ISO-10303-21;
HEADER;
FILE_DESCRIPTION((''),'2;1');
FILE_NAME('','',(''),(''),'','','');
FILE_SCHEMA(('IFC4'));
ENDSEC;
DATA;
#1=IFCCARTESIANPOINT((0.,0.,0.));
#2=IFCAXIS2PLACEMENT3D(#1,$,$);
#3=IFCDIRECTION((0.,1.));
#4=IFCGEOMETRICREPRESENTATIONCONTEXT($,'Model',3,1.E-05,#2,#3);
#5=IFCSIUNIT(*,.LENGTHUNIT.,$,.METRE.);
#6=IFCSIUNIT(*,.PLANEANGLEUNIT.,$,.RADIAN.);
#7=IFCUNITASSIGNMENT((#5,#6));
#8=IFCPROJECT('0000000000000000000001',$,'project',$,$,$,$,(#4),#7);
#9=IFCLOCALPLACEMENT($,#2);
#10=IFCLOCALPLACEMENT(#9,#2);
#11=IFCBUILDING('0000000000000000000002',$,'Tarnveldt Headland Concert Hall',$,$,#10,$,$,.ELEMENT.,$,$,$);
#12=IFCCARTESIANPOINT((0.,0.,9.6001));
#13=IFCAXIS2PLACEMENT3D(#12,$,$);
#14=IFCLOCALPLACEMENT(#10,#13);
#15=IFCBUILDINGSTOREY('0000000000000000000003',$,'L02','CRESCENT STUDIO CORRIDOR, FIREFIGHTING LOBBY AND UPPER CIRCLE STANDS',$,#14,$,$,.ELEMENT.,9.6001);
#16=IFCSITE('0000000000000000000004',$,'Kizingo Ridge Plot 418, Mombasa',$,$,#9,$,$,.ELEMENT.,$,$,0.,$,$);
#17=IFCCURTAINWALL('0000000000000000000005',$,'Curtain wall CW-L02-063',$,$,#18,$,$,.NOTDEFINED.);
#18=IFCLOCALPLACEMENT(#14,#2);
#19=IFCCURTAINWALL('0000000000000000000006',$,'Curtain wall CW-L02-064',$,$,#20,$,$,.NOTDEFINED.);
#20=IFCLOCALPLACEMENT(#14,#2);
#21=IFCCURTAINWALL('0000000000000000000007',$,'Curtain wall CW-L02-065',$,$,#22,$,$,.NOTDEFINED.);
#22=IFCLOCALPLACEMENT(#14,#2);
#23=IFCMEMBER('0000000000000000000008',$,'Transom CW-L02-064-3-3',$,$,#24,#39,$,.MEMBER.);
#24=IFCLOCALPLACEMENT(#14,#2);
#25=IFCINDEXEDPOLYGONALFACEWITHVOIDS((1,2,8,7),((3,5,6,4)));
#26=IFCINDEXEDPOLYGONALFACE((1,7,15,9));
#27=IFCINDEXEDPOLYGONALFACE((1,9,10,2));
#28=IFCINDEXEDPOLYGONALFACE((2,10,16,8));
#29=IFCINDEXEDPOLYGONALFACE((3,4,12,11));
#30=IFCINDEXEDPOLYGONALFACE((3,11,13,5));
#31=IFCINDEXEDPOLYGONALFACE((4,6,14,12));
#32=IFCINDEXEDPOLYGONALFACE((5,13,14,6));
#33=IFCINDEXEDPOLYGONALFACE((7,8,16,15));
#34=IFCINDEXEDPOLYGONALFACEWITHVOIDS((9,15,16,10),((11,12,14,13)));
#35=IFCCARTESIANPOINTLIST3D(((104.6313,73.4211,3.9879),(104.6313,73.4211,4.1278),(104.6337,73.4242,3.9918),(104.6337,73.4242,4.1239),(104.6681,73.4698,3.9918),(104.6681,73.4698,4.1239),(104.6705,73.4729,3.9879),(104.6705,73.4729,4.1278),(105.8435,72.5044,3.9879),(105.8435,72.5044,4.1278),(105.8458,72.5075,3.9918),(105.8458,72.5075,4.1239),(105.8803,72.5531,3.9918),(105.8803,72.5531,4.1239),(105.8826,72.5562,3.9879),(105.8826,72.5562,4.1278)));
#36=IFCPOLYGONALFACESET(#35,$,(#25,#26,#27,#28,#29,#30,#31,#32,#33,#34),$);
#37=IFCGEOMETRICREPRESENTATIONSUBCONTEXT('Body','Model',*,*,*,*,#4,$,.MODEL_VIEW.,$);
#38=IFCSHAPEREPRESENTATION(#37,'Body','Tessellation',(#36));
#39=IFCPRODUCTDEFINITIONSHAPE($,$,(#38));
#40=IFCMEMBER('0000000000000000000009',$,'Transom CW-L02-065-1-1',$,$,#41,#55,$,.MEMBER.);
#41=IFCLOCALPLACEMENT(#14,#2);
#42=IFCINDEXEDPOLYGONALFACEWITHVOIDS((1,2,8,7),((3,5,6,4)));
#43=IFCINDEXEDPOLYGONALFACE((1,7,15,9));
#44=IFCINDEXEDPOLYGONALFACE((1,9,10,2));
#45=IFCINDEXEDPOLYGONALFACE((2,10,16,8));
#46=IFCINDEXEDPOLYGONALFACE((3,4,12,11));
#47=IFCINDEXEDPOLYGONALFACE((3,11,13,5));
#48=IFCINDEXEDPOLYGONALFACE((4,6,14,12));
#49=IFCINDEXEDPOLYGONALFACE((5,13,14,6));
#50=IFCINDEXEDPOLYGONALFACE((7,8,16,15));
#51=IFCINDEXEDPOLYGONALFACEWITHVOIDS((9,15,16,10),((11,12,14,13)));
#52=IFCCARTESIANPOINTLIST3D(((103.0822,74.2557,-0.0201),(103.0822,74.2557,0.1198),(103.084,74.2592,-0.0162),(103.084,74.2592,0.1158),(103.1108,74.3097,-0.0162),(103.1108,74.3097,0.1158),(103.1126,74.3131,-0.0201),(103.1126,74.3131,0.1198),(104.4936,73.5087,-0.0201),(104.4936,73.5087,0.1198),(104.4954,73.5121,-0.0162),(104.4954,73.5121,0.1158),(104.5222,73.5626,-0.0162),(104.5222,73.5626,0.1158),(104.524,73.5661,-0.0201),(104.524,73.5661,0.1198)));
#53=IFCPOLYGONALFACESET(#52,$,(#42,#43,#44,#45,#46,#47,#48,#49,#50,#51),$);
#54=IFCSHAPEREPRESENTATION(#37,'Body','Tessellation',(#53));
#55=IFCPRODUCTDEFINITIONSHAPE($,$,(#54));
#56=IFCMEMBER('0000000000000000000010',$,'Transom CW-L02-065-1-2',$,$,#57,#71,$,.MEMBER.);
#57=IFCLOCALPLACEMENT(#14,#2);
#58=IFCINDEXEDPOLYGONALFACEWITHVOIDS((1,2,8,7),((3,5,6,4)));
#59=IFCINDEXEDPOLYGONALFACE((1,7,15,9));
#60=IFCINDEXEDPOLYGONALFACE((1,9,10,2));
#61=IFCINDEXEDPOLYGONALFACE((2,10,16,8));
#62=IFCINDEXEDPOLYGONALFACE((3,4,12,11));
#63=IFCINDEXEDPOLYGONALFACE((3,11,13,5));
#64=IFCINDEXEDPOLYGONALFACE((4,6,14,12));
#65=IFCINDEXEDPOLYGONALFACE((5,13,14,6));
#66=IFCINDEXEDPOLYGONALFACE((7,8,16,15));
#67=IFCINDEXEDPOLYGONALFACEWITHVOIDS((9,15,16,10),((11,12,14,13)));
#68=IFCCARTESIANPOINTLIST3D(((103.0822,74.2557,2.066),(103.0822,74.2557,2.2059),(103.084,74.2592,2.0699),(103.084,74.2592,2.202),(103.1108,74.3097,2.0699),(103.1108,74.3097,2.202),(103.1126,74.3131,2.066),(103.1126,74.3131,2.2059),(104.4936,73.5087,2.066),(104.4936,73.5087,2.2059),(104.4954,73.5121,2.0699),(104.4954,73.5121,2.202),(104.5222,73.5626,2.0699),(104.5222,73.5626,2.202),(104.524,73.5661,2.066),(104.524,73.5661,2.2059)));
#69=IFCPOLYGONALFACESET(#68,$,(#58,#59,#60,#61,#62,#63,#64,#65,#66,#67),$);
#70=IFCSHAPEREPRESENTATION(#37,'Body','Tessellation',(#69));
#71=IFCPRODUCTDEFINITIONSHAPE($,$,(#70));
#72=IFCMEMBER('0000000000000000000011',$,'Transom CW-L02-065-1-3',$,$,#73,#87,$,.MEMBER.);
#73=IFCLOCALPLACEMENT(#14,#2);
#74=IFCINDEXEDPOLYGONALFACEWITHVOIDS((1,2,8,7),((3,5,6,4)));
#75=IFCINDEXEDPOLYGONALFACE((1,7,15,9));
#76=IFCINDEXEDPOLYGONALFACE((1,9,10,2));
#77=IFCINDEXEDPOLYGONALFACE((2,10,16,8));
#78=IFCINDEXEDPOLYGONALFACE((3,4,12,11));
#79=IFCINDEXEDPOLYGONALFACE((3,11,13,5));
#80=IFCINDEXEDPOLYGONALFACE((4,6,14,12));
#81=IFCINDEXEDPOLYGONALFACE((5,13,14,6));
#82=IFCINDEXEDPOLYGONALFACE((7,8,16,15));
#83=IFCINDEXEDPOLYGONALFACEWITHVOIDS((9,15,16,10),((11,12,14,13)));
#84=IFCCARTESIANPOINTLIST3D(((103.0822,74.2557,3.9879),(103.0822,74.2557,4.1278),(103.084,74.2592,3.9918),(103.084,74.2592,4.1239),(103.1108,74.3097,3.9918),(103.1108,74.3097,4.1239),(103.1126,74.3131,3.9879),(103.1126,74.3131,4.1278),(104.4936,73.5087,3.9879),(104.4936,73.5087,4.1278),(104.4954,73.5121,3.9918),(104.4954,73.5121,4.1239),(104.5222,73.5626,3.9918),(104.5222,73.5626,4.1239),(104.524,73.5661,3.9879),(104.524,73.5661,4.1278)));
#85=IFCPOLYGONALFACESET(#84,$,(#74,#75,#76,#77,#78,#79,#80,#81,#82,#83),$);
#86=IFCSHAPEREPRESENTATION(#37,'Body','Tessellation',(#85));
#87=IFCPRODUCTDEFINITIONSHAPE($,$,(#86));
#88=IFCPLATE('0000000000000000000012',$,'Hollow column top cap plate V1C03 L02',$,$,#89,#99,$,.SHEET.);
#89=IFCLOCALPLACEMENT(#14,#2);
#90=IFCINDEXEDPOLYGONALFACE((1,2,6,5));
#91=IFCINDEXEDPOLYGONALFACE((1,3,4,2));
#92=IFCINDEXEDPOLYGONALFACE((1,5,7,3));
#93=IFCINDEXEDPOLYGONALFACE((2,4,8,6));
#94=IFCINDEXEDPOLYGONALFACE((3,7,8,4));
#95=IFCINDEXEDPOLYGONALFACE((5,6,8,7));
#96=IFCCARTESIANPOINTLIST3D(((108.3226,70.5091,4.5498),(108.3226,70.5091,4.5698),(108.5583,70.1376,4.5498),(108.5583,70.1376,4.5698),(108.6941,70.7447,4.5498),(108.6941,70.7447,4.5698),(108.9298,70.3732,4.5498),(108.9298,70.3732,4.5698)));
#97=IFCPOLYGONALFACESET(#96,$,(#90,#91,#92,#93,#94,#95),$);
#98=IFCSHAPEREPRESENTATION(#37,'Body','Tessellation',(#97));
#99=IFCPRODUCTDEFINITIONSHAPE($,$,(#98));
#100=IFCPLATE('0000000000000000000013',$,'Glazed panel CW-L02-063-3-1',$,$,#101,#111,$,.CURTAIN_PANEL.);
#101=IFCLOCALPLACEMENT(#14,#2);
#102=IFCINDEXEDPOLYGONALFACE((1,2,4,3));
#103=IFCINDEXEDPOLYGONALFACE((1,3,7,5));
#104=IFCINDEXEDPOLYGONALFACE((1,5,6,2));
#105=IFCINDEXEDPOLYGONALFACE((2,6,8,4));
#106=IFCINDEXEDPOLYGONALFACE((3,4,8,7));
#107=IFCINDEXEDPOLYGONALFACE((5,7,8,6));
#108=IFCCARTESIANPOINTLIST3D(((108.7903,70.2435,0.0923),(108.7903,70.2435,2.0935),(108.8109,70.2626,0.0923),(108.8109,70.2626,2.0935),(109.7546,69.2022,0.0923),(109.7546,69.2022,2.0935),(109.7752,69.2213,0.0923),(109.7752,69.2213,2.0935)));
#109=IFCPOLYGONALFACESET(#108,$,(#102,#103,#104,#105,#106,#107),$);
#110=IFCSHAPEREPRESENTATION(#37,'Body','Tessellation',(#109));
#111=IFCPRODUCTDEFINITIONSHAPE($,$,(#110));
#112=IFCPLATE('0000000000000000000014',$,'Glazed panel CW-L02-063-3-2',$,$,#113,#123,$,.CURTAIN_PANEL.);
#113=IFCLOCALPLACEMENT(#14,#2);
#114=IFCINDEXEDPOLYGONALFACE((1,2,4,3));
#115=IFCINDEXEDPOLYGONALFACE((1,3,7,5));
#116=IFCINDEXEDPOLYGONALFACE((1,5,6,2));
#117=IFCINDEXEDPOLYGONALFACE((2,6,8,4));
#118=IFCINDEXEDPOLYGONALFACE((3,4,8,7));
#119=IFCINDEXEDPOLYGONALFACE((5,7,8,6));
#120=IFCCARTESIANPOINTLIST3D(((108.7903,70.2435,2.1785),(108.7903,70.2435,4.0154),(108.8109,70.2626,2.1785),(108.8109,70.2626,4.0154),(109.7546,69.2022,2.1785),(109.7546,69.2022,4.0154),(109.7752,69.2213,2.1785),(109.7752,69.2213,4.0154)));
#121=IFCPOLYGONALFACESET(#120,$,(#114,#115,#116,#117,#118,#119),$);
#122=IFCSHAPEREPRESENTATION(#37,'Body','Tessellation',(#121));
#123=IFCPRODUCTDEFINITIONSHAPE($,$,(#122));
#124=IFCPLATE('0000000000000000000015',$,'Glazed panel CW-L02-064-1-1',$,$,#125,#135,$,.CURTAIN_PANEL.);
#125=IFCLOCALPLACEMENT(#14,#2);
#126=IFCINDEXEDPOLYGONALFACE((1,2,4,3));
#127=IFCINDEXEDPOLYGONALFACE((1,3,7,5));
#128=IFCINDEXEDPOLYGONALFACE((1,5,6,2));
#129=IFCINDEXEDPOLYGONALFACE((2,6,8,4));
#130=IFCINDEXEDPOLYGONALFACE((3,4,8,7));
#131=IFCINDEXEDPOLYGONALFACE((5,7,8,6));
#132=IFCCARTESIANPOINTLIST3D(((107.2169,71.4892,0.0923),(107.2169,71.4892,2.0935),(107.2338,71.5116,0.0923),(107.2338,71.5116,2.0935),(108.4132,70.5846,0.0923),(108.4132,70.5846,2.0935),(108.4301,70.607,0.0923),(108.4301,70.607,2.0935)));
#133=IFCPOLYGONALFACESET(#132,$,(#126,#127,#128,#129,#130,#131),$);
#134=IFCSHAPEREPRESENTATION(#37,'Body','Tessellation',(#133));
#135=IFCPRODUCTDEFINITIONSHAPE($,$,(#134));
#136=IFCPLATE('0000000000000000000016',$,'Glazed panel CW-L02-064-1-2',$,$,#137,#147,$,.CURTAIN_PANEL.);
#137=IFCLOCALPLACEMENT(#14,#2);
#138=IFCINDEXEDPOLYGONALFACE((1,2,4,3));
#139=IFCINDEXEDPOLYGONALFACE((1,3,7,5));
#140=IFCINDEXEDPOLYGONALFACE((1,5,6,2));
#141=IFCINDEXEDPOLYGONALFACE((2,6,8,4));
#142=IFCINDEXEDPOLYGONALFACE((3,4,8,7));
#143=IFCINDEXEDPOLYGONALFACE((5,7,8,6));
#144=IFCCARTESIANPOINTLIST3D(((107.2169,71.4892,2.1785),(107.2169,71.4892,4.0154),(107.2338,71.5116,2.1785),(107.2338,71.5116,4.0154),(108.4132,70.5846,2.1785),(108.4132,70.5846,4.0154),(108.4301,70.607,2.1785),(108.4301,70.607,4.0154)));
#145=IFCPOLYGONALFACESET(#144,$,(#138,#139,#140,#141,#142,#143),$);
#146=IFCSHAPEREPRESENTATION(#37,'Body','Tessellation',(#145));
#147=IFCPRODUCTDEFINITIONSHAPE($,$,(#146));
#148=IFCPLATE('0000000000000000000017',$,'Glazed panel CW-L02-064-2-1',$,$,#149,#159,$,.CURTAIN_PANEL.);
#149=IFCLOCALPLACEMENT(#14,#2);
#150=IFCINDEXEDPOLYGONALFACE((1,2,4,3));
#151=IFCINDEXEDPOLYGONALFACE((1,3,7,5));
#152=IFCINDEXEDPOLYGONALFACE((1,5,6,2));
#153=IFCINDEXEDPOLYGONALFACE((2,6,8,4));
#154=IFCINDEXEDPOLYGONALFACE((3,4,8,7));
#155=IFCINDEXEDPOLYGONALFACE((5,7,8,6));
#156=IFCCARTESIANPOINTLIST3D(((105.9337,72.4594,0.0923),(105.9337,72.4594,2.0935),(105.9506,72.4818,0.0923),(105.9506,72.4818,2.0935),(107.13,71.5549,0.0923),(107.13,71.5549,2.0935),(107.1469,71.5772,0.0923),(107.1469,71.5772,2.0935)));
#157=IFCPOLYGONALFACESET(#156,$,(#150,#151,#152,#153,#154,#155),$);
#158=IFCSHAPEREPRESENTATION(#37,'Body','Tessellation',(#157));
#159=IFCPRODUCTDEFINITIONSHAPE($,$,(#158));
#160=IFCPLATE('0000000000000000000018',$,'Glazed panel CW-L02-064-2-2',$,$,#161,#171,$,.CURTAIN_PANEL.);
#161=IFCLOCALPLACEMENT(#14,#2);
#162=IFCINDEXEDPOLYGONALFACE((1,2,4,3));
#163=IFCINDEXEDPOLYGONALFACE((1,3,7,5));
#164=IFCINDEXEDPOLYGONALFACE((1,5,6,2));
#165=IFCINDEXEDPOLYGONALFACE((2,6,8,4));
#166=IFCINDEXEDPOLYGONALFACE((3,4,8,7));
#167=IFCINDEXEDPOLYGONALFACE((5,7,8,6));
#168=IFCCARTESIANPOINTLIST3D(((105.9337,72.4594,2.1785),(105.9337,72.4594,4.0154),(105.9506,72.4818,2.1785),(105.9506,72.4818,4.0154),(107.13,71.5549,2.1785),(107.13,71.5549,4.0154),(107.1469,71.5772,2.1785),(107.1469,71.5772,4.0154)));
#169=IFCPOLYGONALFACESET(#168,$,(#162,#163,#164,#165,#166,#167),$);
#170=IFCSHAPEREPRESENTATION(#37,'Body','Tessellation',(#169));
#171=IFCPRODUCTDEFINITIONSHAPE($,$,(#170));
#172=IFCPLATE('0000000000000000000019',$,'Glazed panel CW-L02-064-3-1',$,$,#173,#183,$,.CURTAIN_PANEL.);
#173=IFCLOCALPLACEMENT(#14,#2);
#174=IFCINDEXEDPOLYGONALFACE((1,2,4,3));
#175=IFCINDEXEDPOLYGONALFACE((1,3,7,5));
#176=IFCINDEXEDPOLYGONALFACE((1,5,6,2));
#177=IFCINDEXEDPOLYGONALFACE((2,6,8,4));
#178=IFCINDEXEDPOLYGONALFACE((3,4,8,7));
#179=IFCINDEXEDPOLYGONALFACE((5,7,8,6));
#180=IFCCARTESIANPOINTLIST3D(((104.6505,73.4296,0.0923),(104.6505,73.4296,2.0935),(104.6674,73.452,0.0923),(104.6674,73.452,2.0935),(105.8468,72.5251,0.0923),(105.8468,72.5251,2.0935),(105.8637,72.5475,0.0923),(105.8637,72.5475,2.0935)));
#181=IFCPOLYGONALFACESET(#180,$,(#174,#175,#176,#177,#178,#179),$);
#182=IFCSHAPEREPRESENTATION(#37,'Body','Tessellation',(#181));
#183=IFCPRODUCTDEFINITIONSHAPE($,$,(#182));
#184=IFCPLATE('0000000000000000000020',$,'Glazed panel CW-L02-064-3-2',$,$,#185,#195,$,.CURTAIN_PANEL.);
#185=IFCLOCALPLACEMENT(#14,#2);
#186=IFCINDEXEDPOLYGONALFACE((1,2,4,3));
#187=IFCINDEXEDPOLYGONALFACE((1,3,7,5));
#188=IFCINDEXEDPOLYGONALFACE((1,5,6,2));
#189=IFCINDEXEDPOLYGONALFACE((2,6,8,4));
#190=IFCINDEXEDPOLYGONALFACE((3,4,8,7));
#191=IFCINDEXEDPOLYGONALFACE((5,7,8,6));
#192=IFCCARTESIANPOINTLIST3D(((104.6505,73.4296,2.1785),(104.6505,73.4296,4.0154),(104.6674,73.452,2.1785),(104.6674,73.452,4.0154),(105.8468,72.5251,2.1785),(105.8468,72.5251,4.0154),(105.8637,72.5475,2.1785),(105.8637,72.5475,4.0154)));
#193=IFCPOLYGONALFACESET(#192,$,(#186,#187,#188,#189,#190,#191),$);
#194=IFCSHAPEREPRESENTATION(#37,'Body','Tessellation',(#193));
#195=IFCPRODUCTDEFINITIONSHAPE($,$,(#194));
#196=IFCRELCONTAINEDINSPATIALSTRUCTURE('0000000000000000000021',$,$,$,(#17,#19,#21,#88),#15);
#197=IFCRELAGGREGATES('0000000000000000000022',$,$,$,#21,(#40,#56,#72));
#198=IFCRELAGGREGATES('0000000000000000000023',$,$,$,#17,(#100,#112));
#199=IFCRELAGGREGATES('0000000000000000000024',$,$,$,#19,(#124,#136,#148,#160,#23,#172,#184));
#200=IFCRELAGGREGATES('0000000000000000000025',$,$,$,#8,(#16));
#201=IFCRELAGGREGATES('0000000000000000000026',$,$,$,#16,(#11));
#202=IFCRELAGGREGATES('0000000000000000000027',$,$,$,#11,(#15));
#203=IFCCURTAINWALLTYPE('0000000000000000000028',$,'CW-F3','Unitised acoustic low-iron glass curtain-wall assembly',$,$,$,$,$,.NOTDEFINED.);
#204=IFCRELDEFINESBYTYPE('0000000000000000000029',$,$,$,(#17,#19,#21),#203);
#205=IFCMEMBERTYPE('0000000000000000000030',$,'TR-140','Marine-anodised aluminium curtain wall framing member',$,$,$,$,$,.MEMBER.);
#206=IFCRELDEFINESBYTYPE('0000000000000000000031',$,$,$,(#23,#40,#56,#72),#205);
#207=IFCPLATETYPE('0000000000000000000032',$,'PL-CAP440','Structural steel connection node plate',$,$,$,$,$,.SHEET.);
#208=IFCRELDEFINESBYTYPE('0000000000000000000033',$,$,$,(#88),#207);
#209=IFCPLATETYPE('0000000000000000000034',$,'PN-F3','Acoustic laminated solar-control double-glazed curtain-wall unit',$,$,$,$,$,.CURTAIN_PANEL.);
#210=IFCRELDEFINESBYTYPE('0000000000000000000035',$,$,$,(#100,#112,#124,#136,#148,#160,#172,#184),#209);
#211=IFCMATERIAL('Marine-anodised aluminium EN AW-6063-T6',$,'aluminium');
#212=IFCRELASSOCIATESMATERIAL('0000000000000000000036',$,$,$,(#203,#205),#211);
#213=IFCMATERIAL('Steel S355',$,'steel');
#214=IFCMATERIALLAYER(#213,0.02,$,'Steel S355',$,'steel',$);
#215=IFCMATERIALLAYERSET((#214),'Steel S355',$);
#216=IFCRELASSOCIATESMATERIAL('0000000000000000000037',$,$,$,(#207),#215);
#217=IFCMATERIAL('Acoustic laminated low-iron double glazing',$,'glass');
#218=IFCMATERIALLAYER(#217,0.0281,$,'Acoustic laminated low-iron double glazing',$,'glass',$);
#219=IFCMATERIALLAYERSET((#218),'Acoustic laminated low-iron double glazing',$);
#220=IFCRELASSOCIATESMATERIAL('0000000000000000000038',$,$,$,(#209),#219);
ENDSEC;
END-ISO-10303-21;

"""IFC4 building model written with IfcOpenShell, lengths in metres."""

from ifc_helpers import new_model, si_unit, direction, frame, origin, origin_2d, place, context, subcontext, project, spatial, rectangle, hollow_rectangle, extrude, material, layer, layer_set, material_profile, profile_set, type_object, element, aggregate, save


model = new_model("IFC4")

# Units and contexts
model_context = context("Model", 3, precision=1e-05, world=origin(), true_north=direction((0.0, 1.0)))
body_context = subcontext(model_context, "Body", "Model", "MODEL_VIEW")
ifc_project = project(units=[si_unit("LENGTHUNIT", "METRE"), si_unit("PLANEANGLEUNIT", "RADIAN")], contexts=[model_context])

# Site, building, storey
site_placement = place(None, origin())
site = spatial("IfcSite", under=ifc_project, at=site_placement, Name="Kizingo Ridge Plot 418, Mombasa", CompositionType="ELEMENT", RefElevation=0.0)
building_placement = place(site_placement, origin())
building = spatial("IfcBuilding", under=site, at=building_placement, Name="Tarnveldt Headland Concert Hall", CompositionType="ELEMENT")
storey_placement = place(building_placement, frame((0.0, 0.0, 9.6001)))
storey = spatial("IfcBuildingStorey", under=building, at=storey_placement, Name="L02", Description="CRESCENT STUDIO CORRIDOR, FIREFIGHTING LOBBY AND UPPER CIRCLE STANDS", CompositionType="ELEMENT", Elevation=9.6001)

# Shared definitions
ifc_material_1 = material(Name="Steel S355", Category="steel")

# Curtain wall
ifc_material_2 = material(Name="Marine-anodised aluminium EN AW-6063-T6", Category="aluminium")
curtain_wall_type = type_object("IfcCurtainWallType", Name="CW-F3", Description="Unitised acoustic low-iron glass curtain-wall assembly", PredefinedType="NOTDEFINED", material=ifc_material_2)
curtain_wall_1_placement = place(storey_placement, origin())
curtain_wall_1 = element("IfcCurtainWall", 1, at=curtain_wall_1_placement, inside=storey, type_object=curtain_wall_type, Name="Curtain wall CW-L02-063", PredefinedType="NOTDEFINED")

# Curtain wall
curtain_wall_2_placement = place(storey_placement, origin())
curtain_wall_2 = element("IfcCurtainWall", 2, at=curtain_wall_2_placement, inside=storey, type_object=curtain_wall_type, Name="Curtain wall CW-L02-064", PredefinedType="NOTDEFINED")

# Curtain wall
curtain_wall_3_placement = place(storey_placement, origin())
curtain_wall_3 = element("IfcCurtainWall", 3, at=curtain_wall_3_placement, inside=storey, type_object=curtain_wall_type, Name="Curtain wall CW-L02-065", PredefinedType="NOTDEFINED")

# Members
ifc_material_profile_1 = material_profile(ifc_material_2, hollow_rectangle(XDim=0.0649, YDim=0.1399, WallThickness=0.0039, at=origin_2d()), Name="ALU TRANSOM 65x140x4", Category="aluminium")
ifc_profile_set_1 = profile_set([ifc_material_profile_1], Name="Marine-anodised aluminium EN AW-6063-T6")
member_type_1 = type_object("IfcMemberType", Name="TR-140", Description="Marine-anodised aluminium curtain wall framing member", PredefinedType="MEMBER", material=ifc_profile_set_1)
member_1_placement = place(storey_placement, frame((105.863, 72.5303, 4.0579), z_axis=(-0.797584, 0.603208, 0.0), x_axis=(-0.603208, -0.797584, 0.0)))
member_1 = element("IfcMember", 4, at=member_1_placement, type_object=member_type_1, Name="Transom CW-L02-064-3-3", PredefinedType="MEMBER", context=body_context, shape_type="SweptSolid", body=[
    extrude(hollow_rectangle(XDim=0.0649, YDim=0.1399, WallThickness=0.0039, at=origin_2d()), origin(), (0.0, 0.0, 1.0), 1.5198),
])
member_2_placement = place(storey_placement, frame((104.5088, 73.5374, 0.0498), z_axis=(-0.883821, 0.467824, 0.0), x_axis=(-0.467824, -0.883821, 0.0)))
member_2 = element("IfcMember", 5, at=member_2_placement, type_object=member_type_1, Name="Transom CW-L02-065-1-1", PredefinedType="MEMBER", context=body_context, shape_type="SweptSolid", body=[
    extrude(hollow_rectangle(XDim=0.0649, YDim=0.1399, WallThickness=0.0039, at=origin_2d()), origin(), (0.0, 0.0, 1.0), 1.5969),
])
member_3_placement = place(storey_placement, frame((104.5088, 73.5374, 2.136), z_axis=(-0.883821, 0.467824, 0.0), x_axis=(-0.467824, -0.883821, 0.0)))
member_3 = element("IfcMember", 6, at=member_3_placement, type_object=member_type_1, Name="Transom CW-L02-065-1-2", PredefinedType="MEMBER", context=body_context, shape_type="SweptSolid", body=[
    extrude(hollow_rectangle(XDim=0.0649, YDim=0.1399, WallThickness=0.0039, at=origin_2d()), origin(), (0.0, 0.0, 1.0), 1.5969),
])
member_4_placement = place(storey_placement, frame((104.5088, 73.5374, 4.0579), z_axis=(-0.883821, 0.467824, 0.0), x_axis=(-0.467824, -0.883821, 0.0)))
member_4 = element("IfcMember", 7, at=member_4_placement, type_object=member_type_1, Name="Transom CW-L02-065-1-3", PredefinedType="MEMBER", context=body_context, shape_type="SweptSolid", body=[
    extrude(hollow_rectangle(XDim=0.0649, YDim=0.1399, WallThickness=0.0039, at=origin_2d()), origin(), (0.0, 0.0, 1.0), 1.5969),
])
aggregate(curtain_wall_3, [member_2, member_3, member_4])

# Plates
ifc_layer_1 = layer(ifc_material_1, 0.02, Name="Steel S355", Category="steel")
ifc_layer_set_1 = layer_set([ifc_layer_1], Name="Steel S355")
plate_type_1 = type_object("IfcPlateType", Name="PL-CAP440", Description="Structural steel connection node plate", PredefinedType="SHEET", material=ifc_layer_set_1)
plate_1_placement = place(storey_placement, frame((108.6262, 70.4412, 4.5498), z_axis=(0.0, 0.0, 1.0), x_axis=(0.844421, 0.535679, 0.0)))
element("IfcPlate", 8, at=plate_1_placement, inside=storey, type_object=plate_type_1, Name="Hollow column top cap plate V1C03 L02", PredefinedType="SHEET", context=body_context, shape_type="SweptSolid", body=[
    extrude(rectangle(XDim=0.4399, YDim=0.4399, at=origin_2d()), origin(), (0.0, 0.0, 1.0), 0.02),
])
ifc_material_3 = material(Name="Acoustic laminated low-iron double glazing", Category="glass")
ifc_layer_2 = layer(ifc_material_3, 0.0281, Name="Acoustic laminated low-iron double glazing", Category="glass")
ifc_layer_set_2 = layer_set([ifc_layer_2], Name="Acoustic laminated low-iron double glazing")
plate_type_2 = type_object("IfcPlateType", Name="PN-F3", Description="Acoustic laminated solar-control double-glazed curtain-wall unit", PredefinedType="CURTAIN_PANEL", material=ifc_layer_set_2)
plate_2_placement = place(storey_placement, frame((109.2827, 69.7324, 0.0923), z_axis=(0.0, 0.0, 1.0), x_axis=(-0.679467, 0.733706, 0.0)))
plate_2 = element("IfcPlate", 9, at=plate_2_placement, type_object=plate_type_2, Name="Glazed panel CW-L02-063-3-1", PredefinedType="CURTAIN_PANEL", context=body_context, shape_type="SweptSolid", body=[
    extrude(rectangle(XDim=1.4192, YDim=0.0281, at=origin_2d()), origin(), (0.0, 0.0, 1.0), 2.0012),
])
plate_3_placement = place(storey_placement, frame((109.2827, 69.7324, 2.1785), z_axis=(0.0, 0.0, 1.0), x_axis=(-0.679467, 0.733706, 0.0)))
plate_3 = element("IfcPlate", 10, at=plate_3_placement, type_object=plate_type_2, Name="Glazed panel CW-L02-063-3-2", PredefinedType="CURTAIN_PANEL", context=body_context, shape_type="SweptSolid", body=[
    extrude(rectangle(XDim=1.4192, YDim=0.0281, at=origin_2d()), origin(), (0.0, 0.0, 1.0), 1.8369),
])
aggregate(curtain_wall_1, [plate_2, plate_3])
plate_4_placement = place(storey_placement, frame((107.8235, 71.0481, 0.0923), z_axis=(0.0, 0.0, 1.0), x_axis=(-0.797658, 0.603111, 0.0)))
plate_4 = element("IfcPlate", 11, at=plate_4_placement, type_object=plate_type_2, Name="Glazed panel CW-L02-064-1-1", PredefinedType="CURTAIN_PANEL", context=body_context, shape_type="SweptSolid", body=[
    extrude(rectangle(XDim=1.4998, YDim=0.0281, at=origin_2d()), origin(), (0.0, 0.0, 1.0), 2.0012),
])
plate_5_placement = place(storey_placement, frame((107.8235, 71.0481, 2.1785), z_axis=(0.0, 0.0, 1.0), x_axis=(-0.797658, 0.603111, 0.0)))
plate_5 = element("IfcPlate", 12, at=plate_5_placement, type_object=plate_type_2, Name="Glazed panel CW-L02-064-1-2", PredefinedType="CURTAIN_PANEL", context=body_context, shape_type="SweptSolid", body=[
    extrude(rectangle(XDim=1.4998, YDim=0.0281, at=origin_2d()), origin(), (0.0, 0.0, 1.0), 1.8369),
])
plate_6_placement = place(storey_placement, frame((106.5403, 72.0183, 0.0923), z_axis=(0.0, 0.0, 1.0), x_axis=(-0.797658, 0.603111, 0.0)))
plate_6 = element("IfcPlate", 13, at=plate_6_placement, type_object=plate_type_2, Name="Glazed panel CW-L02-064-2-1", PredefinedType="CURTAIN_PANEL", context=body_context, shape_type="SweptSolid", body=[
    extrude(rectangle(XDim=1.4998, YDim=0.0281, at=origin_2d()), origin(), (0.0, 0.0, 1.0), 2.0012),
])
plate_7_placement = place(storey_placement, frame((106.5403, 72.0183, 2.1785), z_axis=(0.0, 0.0, 1.0), x_axis=(-0.797658, 0.603111, 0.0)))
plate_7 = element("IfcPlate", 14, at=plate_7_placement, type_object=plate_type_2, Name="Glazed panel CW-L02-064-2-2", PredefinedType="CURTAIN_PANEL", context=body_context, shape_type="SweptSolid", body=[
    extrude(rectangle(XDim=1.4998, YDim=0.0281, at=origin_2d()), origin(), (0.0, 0.0, 1.0), 1.8369),
])
plate_8_placement = place(storey_placement, frame((105.2571, 72.9885, 0.0923), z_axis=(0.0, 0.0, 1.0), x_axis=(-0.797658, 0.603111, 0.0)))
plate_8 = element("IfcPlate", 15, at=plate_8_placement, type_object=plate_type_2, Name="Glazed panel CW-L02-064-3-1", PredefinedType="CURTAIN_PANEL", context=body_context, shape_type="SweptSolid", body=[
    extrude(rectangle(XDim=1.4998, YDim=0.0281, at=origin_2d()), origin(), (0.0, 0.0, 1.0), 2.0012),
])
plate_9_placement = place(storey_placement, frame((105.2571, 72.9885, 2.1785), z_axis=(0.0, 0.0, 1.0), x_axis=(-0.797658, 0.603111, 0.0)))
plate_9 = element("IfcPlate", 16, at=plate_9_placement, type_object=plate_type_2, Name="Glazed panel CW-L02-064-3-2", PredefinedType="CURTAIN_PANEL", context=body_context, shape_type="SweptSolid", body=[
    extrude(rectangle(XDim=1.4998, YDim=0.0281, at=origin_2d()), origin(), (0.0, 0.0, 1.0), 1.8369),
])
aggregate(curtain_wall_2, [plate_4, plate_5, plate_6, plate_7, member_1, plate_8, plate_9])

save(model, "model.ifc")
